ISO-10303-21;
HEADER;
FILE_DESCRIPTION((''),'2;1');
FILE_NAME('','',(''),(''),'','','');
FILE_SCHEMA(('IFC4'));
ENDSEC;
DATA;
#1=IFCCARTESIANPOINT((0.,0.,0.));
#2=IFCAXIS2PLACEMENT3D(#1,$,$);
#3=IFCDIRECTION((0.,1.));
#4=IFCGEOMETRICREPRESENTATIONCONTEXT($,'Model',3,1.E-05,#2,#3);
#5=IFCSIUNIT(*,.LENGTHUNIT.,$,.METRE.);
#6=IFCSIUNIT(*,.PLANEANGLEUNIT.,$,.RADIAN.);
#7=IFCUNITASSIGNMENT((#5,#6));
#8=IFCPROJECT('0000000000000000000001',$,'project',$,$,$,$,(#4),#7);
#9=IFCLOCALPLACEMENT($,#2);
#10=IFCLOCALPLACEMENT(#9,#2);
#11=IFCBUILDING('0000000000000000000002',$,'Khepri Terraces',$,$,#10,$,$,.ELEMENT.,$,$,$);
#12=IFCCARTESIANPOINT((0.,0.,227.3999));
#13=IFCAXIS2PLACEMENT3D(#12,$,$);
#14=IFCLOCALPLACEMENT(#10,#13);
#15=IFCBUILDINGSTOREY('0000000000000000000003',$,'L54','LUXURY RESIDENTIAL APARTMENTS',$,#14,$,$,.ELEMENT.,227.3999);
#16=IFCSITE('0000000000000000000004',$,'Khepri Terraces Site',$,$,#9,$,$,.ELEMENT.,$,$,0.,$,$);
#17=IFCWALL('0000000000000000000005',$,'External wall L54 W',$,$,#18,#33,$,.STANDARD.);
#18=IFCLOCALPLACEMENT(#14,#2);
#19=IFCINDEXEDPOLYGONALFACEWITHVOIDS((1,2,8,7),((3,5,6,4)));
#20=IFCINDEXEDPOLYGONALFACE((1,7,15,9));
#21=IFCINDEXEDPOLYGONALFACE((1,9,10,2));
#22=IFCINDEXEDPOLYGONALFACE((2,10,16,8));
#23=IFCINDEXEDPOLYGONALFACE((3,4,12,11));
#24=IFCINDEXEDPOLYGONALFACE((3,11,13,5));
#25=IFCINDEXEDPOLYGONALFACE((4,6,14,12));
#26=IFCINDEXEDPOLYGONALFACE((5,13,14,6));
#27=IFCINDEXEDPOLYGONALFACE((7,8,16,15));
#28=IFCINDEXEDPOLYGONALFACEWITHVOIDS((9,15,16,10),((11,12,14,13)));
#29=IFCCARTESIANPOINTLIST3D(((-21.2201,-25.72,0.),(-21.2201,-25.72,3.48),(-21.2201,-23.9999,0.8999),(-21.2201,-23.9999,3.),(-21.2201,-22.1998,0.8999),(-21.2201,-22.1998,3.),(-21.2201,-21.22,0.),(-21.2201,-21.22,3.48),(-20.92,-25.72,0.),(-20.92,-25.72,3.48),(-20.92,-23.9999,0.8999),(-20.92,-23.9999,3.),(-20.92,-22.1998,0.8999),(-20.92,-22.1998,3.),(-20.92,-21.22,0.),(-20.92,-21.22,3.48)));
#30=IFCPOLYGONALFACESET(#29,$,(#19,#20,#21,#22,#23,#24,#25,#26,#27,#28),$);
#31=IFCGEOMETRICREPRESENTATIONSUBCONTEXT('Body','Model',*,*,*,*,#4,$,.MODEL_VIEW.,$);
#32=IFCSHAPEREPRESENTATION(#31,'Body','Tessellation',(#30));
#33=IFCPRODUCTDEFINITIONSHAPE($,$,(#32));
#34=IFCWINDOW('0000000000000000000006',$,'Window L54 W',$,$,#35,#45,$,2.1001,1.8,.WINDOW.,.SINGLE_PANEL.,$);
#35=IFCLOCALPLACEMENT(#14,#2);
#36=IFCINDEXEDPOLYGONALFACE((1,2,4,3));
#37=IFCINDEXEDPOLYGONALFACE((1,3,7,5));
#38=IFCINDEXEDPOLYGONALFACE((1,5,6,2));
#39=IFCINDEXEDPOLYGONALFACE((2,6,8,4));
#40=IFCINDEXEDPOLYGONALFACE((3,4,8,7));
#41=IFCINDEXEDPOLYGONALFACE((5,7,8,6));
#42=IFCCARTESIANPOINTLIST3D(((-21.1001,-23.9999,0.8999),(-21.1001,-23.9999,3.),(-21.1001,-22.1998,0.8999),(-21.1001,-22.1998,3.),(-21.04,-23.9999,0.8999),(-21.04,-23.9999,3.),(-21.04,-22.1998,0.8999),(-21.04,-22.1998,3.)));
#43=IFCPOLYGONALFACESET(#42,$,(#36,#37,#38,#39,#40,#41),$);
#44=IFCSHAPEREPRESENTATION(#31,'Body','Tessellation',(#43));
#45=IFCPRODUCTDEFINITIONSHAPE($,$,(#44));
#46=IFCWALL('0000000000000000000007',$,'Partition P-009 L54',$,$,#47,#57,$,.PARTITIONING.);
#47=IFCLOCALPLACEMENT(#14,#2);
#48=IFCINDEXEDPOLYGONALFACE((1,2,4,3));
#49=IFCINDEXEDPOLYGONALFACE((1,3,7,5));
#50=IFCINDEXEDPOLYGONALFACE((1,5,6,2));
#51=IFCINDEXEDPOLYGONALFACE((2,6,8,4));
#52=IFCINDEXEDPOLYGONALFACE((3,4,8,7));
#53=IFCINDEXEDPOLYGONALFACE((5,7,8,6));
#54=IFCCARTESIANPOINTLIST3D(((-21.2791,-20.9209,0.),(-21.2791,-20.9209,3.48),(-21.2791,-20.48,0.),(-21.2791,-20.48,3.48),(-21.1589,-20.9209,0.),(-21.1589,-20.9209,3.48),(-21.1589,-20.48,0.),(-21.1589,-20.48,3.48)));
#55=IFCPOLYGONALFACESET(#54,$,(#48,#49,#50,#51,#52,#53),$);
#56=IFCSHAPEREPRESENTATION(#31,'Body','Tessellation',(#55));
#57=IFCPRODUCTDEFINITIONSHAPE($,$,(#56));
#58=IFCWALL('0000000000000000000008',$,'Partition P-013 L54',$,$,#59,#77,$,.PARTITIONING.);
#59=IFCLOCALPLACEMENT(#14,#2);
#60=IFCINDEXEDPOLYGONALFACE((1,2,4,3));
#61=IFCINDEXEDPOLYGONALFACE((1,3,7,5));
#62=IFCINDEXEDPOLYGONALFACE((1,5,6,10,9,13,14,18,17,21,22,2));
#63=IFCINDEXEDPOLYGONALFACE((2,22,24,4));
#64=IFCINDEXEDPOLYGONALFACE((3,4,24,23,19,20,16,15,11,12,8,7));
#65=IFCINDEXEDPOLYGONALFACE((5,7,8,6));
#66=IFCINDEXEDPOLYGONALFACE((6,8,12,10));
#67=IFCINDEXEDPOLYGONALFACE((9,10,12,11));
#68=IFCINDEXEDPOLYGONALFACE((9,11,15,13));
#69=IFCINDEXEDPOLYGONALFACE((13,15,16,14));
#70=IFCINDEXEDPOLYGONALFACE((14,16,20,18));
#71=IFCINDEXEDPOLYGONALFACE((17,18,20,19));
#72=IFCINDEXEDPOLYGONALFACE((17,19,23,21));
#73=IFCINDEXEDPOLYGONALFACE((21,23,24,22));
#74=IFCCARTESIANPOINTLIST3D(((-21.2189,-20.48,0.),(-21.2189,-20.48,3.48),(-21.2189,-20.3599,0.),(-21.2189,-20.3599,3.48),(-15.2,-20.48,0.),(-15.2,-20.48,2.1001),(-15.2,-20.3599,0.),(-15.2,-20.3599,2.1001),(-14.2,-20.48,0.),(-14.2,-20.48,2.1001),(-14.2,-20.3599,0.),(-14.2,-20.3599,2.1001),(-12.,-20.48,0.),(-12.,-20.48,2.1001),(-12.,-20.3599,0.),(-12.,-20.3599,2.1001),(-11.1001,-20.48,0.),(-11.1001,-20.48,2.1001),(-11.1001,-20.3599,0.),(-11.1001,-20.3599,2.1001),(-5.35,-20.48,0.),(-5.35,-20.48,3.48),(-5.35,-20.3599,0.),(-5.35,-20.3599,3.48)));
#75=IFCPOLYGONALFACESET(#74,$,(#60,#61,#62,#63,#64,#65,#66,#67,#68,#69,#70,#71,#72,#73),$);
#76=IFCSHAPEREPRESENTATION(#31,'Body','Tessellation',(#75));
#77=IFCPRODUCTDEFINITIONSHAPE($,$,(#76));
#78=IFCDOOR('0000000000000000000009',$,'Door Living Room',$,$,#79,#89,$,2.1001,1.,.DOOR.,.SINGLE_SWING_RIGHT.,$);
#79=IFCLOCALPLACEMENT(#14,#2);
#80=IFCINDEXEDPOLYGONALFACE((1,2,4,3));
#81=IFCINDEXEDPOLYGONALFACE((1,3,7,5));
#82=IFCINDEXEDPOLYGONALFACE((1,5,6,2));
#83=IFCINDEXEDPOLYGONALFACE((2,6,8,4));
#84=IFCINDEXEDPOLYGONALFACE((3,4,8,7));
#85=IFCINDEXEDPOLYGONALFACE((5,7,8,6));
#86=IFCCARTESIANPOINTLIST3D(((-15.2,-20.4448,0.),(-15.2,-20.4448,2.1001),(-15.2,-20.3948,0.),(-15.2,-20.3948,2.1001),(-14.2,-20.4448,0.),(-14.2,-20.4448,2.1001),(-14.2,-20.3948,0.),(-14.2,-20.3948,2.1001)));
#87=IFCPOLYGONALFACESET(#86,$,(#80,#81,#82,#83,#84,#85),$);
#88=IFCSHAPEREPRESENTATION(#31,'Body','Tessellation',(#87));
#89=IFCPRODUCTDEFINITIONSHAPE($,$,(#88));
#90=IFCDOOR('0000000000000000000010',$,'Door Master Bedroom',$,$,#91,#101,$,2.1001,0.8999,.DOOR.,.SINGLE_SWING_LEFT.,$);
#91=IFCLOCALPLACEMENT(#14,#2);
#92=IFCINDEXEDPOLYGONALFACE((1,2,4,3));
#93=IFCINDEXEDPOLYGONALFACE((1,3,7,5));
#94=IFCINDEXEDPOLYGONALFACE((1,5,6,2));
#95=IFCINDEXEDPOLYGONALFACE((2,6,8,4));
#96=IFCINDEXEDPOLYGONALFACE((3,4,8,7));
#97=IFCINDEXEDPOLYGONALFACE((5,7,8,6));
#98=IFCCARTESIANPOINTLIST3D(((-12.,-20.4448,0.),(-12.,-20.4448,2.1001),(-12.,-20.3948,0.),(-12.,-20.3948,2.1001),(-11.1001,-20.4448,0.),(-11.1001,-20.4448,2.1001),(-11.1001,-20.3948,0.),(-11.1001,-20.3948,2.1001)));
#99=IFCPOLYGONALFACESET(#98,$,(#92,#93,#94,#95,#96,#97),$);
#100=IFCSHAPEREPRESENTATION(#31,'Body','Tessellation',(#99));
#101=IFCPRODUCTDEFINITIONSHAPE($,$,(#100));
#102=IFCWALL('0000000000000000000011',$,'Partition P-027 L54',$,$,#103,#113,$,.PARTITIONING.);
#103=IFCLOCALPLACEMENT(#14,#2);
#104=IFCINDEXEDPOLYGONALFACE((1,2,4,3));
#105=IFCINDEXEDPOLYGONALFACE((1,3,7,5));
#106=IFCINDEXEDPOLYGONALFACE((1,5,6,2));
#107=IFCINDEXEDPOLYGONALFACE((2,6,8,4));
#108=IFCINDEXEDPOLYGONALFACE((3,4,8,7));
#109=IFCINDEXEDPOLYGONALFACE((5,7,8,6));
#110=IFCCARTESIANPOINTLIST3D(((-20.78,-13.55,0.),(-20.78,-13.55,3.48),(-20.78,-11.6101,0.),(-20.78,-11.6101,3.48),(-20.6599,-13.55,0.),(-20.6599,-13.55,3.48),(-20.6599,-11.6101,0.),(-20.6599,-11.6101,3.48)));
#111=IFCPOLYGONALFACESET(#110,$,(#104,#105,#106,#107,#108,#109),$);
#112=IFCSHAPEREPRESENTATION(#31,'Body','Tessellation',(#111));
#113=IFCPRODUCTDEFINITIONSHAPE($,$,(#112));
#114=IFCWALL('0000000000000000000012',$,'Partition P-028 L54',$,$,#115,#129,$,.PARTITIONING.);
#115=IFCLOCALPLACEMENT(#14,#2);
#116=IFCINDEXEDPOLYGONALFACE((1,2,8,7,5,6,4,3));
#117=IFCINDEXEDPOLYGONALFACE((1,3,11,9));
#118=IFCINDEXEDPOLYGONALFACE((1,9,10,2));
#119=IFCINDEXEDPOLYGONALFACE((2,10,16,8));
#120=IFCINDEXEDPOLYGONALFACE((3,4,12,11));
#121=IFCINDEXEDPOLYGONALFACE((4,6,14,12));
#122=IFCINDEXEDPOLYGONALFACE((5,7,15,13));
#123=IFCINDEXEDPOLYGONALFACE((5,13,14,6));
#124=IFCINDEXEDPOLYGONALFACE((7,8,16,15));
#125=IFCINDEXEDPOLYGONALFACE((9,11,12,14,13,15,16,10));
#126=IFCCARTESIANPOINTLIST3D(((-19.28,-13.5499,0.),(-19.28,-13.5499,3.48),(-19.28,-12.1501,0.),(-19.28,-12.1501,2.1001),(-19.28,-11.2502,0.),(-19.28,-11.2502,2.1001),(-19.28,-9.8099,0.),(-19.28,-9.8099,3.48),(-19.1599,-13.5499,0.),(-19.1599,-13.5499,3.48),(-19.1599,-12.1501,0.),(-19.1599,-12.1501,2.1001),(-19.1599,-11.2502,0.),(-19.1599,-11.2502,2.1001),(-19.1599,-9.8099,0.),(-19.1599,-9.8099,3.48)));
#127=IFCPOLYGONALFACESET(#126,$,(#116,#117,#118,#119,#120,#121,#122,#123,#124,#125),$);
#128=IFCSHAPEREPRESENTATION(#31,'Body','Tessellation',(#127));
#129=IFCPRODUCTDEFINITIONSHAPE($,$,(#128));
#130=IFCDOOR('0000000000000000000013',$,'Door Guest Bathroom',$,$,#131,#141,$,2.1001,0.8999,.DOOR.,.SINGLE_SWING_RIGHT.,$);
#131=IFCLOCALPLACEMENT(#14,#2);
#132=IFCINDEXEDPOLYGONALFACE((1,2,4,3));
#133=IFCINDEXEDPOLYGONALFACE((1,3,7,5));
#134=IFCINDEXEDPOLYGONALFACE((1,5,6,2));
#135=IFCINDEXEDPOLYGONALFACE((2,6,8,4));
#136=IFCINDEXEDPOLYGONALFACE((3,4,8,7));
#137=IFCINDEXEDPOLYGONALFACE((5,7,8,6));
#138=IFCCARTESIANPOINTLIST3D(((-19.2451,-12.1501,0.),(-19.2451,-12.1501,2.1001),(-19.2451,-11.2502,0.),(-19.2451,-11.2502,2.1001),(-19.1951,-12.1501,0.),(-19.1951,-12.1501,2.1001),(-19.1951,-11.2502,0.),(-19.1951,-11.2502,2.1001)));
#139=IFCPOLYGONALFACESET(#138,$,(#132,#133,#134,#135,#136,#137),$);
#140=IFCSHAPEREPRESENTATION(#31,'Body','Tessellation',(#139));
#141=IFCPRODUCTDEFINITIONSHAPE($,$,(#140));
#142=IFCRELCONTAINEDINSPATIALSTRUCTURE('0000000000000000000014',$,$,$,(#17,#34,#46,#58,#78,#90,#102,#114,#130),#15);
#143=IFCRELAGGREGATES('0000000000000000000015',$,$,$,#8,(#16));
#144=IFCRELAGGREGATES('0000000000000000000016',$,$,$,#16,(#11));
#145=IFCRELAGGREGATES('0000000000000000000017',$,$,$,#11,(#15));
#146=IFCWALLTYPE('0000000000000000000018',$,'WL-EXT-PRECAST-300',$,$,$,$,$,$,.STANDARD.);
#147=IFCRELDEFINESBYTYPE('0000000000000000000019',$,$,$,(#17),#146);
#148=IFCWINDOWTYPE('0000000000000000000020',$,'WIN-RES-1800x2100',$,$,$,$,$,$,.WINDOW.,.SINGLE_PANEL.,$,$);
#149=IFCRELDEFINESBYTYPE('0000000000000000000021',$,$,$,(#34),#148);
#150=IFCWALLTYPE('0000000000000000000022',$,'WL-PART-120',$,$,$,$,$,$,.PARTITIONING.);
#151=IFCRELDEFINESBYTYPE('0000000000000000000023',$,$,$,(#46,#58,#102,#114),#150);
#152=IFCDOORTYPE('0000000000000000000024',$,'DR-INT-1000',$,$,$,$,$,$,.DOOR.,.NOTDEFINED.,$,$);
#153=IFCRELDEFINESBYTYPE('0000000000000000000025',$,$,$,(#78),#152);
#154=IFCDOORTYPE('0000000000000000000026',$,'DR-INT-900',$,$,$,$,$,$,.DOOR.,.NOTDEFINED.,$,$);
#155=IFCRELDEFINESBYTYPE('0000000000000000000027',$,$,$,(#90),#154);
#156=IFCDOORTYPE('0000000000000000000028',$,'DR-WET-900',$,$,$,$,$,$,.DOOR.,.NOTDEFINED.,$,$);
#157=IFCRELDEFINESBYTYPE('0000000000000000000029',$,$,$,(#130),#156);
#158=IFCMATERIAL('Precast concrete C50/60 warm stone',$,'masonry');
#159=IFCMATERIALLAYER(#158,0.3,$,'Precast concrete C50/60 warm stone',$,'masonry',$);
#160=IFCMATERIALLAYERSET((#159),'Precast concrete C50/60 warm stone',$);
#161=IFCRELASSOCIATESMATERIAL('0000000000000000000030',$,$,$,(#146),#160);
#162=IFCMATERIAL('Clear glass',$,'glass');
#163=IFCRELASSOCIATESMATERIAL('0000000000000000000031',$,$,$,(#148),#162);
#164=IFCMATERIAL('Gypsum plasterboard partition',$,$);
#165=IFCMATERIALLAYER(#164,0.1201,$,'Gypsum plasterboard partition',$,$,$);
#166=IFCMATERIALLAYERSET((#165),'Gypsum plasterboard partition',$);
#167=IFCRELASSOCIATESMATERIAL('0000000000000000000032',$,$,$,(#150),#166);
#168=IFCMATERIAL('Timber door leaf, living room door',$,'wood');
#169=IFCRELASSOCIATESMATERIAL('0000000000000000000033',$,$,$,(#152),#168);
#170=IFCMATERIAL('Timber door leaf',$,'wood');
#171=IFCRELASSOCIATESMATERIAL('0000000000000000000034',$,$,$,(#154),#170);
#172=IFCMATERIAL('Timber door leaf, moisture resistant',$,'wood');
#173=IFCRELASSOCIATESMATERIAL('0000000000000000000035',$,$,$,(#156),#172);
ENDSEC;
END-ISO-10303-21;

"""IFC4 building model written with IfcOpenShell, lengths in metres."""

from ifc_helpers import new_model, si_unit, direction, frame, frame_2d, origin, place, context, subcontext, project, spatial, rectangle, extrude, material, layer, layer_set, type_object, element, fill, save


model = new_model("IFC4")

# Units and contexts
model_context = context("Model", 3, precision=1e-05, world=origin(), true_north=direction((0.0, 1.0)))
body_context = subcontext(model_context, "Body", "Model", "MODEL_VIEW")
ifc_project = project(units=[si_unit("LENGTHUNIT", "METRE"), si_unit("PLANEANGLEUNIT", "RADIAN")], contexts=[model_context])

# Site, building, storey
site_placement = place(None, origin())
site = spatial("IfcSite", under=ifc_project, at=site_placement, Name="Khepri Terraces Site", CompositionType="ELEMENT", RefElevation=0.0)
building_placement = place(site_placement, origin())
building = spatial("IfcBuilding", under=site, at=building_placement, Name="Khepri Terraces", CompositionType="ELEMENT")
storey_placement = place(building_placement, frame((0.0, 0.0, 227.3999)))
storey = spatial("IfcBuildingStorey", under=building, at=storey_placement, Name="L54", Description="LUXURY RESIDENTIAL APARTMENTS", CompositionType="ELEMENT", Elevation=227.3999)

# Wall, opening, window
ifc_material_1 = material(Name="Precast concrete C50/60 warm stone", Category="masonry")
ifc_layer_1 = layer(ifc_material_1, 0.3, Name="Precast concrete C50/60 warm stone", Category="masonry")
ifc_layer_set_1 = layer_set([ifc_layer_1], Name="Precast concrete C50/60 warm stone")
wall_type_1 = type_object("IfcWallType", Name="WL-EXT-PRECAST-300", PredefinedType="STANDARD", material=ifc_layer_set_1)
ifc_material_2 = material(Name="Clear glass", Category="glass")
window_type = type_object("IfcWindowType", Name="WIN-RES-1800x2100", PartitioningType="SINGLE_PANEL", PredefinedType="WINDOW", material=ifc_material_2)
wall_1_placement = place(storey_placement, frame((-21.0701, -21.22, 0.0), z_axis=(0.0, 0.0, 1.0), x_axis=(0.0, -1.0, 0.0)))
wall_1 = element("IfcWall", 1, at=wall_1_placement, inside=storey, type_object=wall_type_1, Name="External wall L54 W", PredefinedType="STANDARD", context=body_context, shape_type="SweptSolid", body=[
    extrude(rectangle(XDim=4.5, YDim=0.3, at=frame_2d((2.25, 0.0))), origin(), (0.0, 0.0, 1.0), 3.48),
])
opening_1_placement = place(wall_1_placement, frame((0.98, 0.0, 0.8999)))
opening_1 = element("IfcOpeningElement", 2, at=opening_1_placement, cuts=wall_1, PredefinedType="OPENING", context=body_context, shape_type="SweptSolid", body=[
    extrude(rectangle(XDim=1.8, YDim=2.1001, at=frame_2d((0.8999, 1.05))), frame((0.0, 0.1602, 0.0), z_axis=(0.0, -1.0, 0.0), x_axis=(1.0, 0.0, 0.0)), (0.0, 0.0, 1.0), 0.3201),
])
window_1_placement = place(opening_1_placement, origin())
window_1 = element("IfcWindow", 3, at=window_1_placement, inside=storey, type_object=window_type, Name="Window L54 W", OverallHeight=2.1001, OverallWidth=1.8, PartitioningType="SINGLE_PANEL", PredefinedType="WINDOW", context=body_context, shape_type="SweptSolid", body=[
    extrude(rectangle(XDim=1.8, YDim=2.1001, at=frame_2d((0.8999, 1.05))), frame((0.0, 0.03, 0.0), z_axis=(0.0, -1.0, 0.0), x_axis=(1.0, 0.0, 0.0)), (0.0, 0.0, 1.0), 0.0601),
])
fill(opening_1, window_1)

# Wall
ifc_material_3 = material(Name="Gypsum plasterboard partition")
ifc_layer_2 = layer(ifc_material_3, 0.1201, Name="Gypsum plasterboard partition")
ifc_layer_set_2 = layer_set([ifc_layer_2], Name="Gypsum plasterboard partition")
wall_type_2 = type_object("IfcWallType", Name="WL-PART-120", PredefinedType="PARTITIONING", material=ifc_layer_set_2)
wall_2_placement = place(storey_placement, frame((-21.219, -20.9209, 0.0), z_axis=(0.0, 0.0, 1.0), x_axis=(0.0, 1.0, 0.0)))
element("IfcWall", 4, at=wall_2_placement, inside=storey, type_object=wall_type_2, Name="Partition P-009 L54", PredefinedType="PARTITIONING", context=body_context, shape_type="SweptSolid", body=[
    extrude(rectangle(XDim=0.4409, YDim=0.1201, at=frame_2d((0.2205, 0.0))), origin(), (0.0, 0.0, 1.0), 3.48),
])

# Wall, openings, doors
wall_3_placement = place(storey_placement, frame((-21.219, -20.4199, 0.0), z_axis=(0.0, 0.0, 1.0), x_axis=(1.0, 0.0, 0.0)))
wall_3 = element("IfcWall", 5, at=wall_3_placement, inside=storey, type_object=wall_type_2, Name="Partition P-013 L54", PredefinedType="PARTITIONING", context=body_context, shape_type="SweptSolid", body=[
    extrude(rectangle(XDim=15.8689, YDim=0.1201, at=frame_2d((7.9346, 0.0))), origin(), (0.0, 0.0, 1.0), 3.48),
])
opening_2_placement = place(wall_3_placement, frame((6.019, 0.0, 0.0)))
opening_2 = element("IfcOpeningElement", 6, at=opening_2_placement, cuts=wall_3, PredefinedType="OPENING", context=body_context, shape_type="SweptSolid", body=[
    extrude(rectangle(XDim=1.0, YDim=2.1001, at=frame_2d((0.5, 1.05))), frame((0.0, 0.0701, 0.0), z_axis=(0.0, -1.0, 0.0), x_axis=(1.0, 0.0, 0.0)), (0.0, 0.0, 1.0), 0.1401),
])
opening_3_placement = place(wall_3_placement, frame((9.219, 0.0, 0.0)))
opening_3 = element("IfcOpeningElement", 7, at=opening_3_placement, cuts=wall_3, PredefinedType="OPENING", context=body_context, shape_type="SweptSolid", body=[
    extrude(rectangle(XDim=0.8999, YDim=2.1001, at=frame_2d((0.45, 1.05))), frame((0.0, 0.0701, 0.0), z_axis=(0.0, -1.0, 0.0), x_axis=(1.0, 0.0, 0.0)), (0.0, 0.0, 1.0), 0.1401),
])
ifc_material_4 = material(Name="Timber door leaf, living room door", Category="wood")
door_type_1 = type_object("IfcDoorType", Name="DR-INT-1000", OperationType="NOTDEFINED", PredefinedType="DOOR", material=ifc_material_4)
door_1_placement = place(opening_2_placement, frame((1.0, 0.0, 0.0), z_axis=(0.0, 0.0, 1.0), x_axis=(-1.0, 0.0, 0.0)))
door_1 = element("IfcDoor", 8, at=door_1_placement, inside=storey, type_object=door_type_1, Name="Door Living Room", OperationType="SINGLE_SWING_RIGHT", OverallHeight=2.1001, OverallWidth=1.0, PredefinedType="DOOR", context=body_context, shape_type="SweptSolid", body=[
    extrude(rectangle(XDim=1.0, YDim=2.1001, at=frame_2d((0.5, 1.05))), frame((0.0, 0.0249, 0.0), z_axis=(0.0, -1.0, 0.0), x_axis=(1.0, 0.0, 0.0)), (0.0, 0.0, 1.0), 0.05),
])
fill(opening_2, door_1)
ifc_material_5 = material(Name="Timber door leaf", Category="wood")
door_type_2 = type_object("IfcDoorType", Name="DR-INT-900", OperationType="NOTDEFINED", PredefinedType="DOOR", material=ifc_material_5)
door_2_placement = place(opening_3_placement, frame((0.8999, 0.0, 0.0), z_axis=(0.0, 0.0, 1.0), x_axis=(-1.0, 0.0, 0.0)))
door_2 = element("IfcDoor", 9, at=door_2_placement, inside=storey, type_object=door_type_2, Name="Door Master Bedroom", OperationType="SINGLE_SWING_LEFT", OverallHeight=2.1001, OverallWidth=0.8999, PredefinedType="DOOR", context=body_context, shape_type="SweptSolid", body=[
    extrude(rectangle(XDim=0.8999, YDim=2.1001, at=frame_2d((0.45, 1.05))), frame((0.0, 0.0249, 0.0), z_axis=(0.0, -1.0, 0.0), x_axis=(1.0, 0.0, 0.0)), (0.0, 0.0, 1.0), 0.05),
])
fill(opening_3, door_2)

# Wall
wall_4_placement = place(storey_placement, frame((-20.72, -13.55, 0.0), z_axis=(0.0, 0.0, 1.0), x_axis=(0.0, 1.0, 0.0)))
element("IfcWall", 10, at=wall_4_placement, inside=storey, type_object=wall_type_2, Name="Partition P-027 L54", PredefinedType="PARTITIONING", context=body_context, shape_type="SweptSolid", body=[
    extrude(rectangle(XDim=1.9399, YDim=0.1201, at=frame_2d((0.97, 0.0))), origin(), (0.0, 0.0, 1.0), 3.48),
])

# Wall, opening, door
wall_5_placement = place(storey_placement, frame((-19.22, -13.55, 0.0), z_axis=(0.0, 0.0, 1.0), x_axis=(0.0, 1.0, 0.0)))
wall_5 = element("IfcWall", 11, at=wall_5_placement, inside=storey, type_object=wall_type_2, Name="Partition P-028 L54", PredefinedType="PARTITIONING", context=body_context, shape_type="SweptSolid", body=[
    extrude(rectangle(XDim=3.74, YDim=0.1201, at=frame_2d((1.8701, 0.0))), origin(), (0.0, 0.0, 1.0), 3.48),
])
opening_4_placement = place(wall_5_placement, frame((1.3999, 0.0, 0.0)))
opening_4 = element("IfcOpeningElement", 12, at=opening_4_placement, cuts=wall_5, PredefinedType="OPENING", context=body_context, shape_type="SweptSolid", body=[
    extrude(rectangle(XDim=0.8999, YDim=2.1001, at=frame_2d((0.45, 1.05))), frame((0.0, 0.0701, 0.0), z_axis=(0.0, -1.0, 0.0), x_axis=(1.0, 0.0, 0.0)), (0.0, 0.0, 1.0), 0.1401),
])
ifc_material_6 = material(Name="Timber door leaf, moisture resistant", Category="wood")
door_type_3 = type_object("IfcDoorType", Name="DR-WET-900", OperationType="NOTDEFINED", PredefinedType="DOOR", material=ifc_material_6)
door_3_placement = place(opening_4_placement, frame((0.8999, 0.0, 0.0), z_axis=(0.0, 0.0, 1.0), x_axis=(-1.0, 0.0, 0.0)))
door_3 = element("IfcDoor", 13, at=door_3_placement, inside=storey, type_object=door_type_3, Name="Door Guest Bathroom", OperationType="SINGLE_SWING_RIGHT", OverallHeight=2.1001, OverallWidth=0.8999, PredefinedType="DOOR", context=body_context, shape_type="SweptSolid", body=[
    extrude(rectangle(XDim=0.8999, YDim=2.1001, at=frame_2d((0.45, 1.05))), frame((0.0, 0.0249, 0.0), z_axis=(0.0, -1.0, 0.0), x_axis=(1.0, 0.0, 0.0)), (0.0, 0.0, 1.0), 0.05),
])
fill(opening_4, door_3)

save(model, "model.ifc")
